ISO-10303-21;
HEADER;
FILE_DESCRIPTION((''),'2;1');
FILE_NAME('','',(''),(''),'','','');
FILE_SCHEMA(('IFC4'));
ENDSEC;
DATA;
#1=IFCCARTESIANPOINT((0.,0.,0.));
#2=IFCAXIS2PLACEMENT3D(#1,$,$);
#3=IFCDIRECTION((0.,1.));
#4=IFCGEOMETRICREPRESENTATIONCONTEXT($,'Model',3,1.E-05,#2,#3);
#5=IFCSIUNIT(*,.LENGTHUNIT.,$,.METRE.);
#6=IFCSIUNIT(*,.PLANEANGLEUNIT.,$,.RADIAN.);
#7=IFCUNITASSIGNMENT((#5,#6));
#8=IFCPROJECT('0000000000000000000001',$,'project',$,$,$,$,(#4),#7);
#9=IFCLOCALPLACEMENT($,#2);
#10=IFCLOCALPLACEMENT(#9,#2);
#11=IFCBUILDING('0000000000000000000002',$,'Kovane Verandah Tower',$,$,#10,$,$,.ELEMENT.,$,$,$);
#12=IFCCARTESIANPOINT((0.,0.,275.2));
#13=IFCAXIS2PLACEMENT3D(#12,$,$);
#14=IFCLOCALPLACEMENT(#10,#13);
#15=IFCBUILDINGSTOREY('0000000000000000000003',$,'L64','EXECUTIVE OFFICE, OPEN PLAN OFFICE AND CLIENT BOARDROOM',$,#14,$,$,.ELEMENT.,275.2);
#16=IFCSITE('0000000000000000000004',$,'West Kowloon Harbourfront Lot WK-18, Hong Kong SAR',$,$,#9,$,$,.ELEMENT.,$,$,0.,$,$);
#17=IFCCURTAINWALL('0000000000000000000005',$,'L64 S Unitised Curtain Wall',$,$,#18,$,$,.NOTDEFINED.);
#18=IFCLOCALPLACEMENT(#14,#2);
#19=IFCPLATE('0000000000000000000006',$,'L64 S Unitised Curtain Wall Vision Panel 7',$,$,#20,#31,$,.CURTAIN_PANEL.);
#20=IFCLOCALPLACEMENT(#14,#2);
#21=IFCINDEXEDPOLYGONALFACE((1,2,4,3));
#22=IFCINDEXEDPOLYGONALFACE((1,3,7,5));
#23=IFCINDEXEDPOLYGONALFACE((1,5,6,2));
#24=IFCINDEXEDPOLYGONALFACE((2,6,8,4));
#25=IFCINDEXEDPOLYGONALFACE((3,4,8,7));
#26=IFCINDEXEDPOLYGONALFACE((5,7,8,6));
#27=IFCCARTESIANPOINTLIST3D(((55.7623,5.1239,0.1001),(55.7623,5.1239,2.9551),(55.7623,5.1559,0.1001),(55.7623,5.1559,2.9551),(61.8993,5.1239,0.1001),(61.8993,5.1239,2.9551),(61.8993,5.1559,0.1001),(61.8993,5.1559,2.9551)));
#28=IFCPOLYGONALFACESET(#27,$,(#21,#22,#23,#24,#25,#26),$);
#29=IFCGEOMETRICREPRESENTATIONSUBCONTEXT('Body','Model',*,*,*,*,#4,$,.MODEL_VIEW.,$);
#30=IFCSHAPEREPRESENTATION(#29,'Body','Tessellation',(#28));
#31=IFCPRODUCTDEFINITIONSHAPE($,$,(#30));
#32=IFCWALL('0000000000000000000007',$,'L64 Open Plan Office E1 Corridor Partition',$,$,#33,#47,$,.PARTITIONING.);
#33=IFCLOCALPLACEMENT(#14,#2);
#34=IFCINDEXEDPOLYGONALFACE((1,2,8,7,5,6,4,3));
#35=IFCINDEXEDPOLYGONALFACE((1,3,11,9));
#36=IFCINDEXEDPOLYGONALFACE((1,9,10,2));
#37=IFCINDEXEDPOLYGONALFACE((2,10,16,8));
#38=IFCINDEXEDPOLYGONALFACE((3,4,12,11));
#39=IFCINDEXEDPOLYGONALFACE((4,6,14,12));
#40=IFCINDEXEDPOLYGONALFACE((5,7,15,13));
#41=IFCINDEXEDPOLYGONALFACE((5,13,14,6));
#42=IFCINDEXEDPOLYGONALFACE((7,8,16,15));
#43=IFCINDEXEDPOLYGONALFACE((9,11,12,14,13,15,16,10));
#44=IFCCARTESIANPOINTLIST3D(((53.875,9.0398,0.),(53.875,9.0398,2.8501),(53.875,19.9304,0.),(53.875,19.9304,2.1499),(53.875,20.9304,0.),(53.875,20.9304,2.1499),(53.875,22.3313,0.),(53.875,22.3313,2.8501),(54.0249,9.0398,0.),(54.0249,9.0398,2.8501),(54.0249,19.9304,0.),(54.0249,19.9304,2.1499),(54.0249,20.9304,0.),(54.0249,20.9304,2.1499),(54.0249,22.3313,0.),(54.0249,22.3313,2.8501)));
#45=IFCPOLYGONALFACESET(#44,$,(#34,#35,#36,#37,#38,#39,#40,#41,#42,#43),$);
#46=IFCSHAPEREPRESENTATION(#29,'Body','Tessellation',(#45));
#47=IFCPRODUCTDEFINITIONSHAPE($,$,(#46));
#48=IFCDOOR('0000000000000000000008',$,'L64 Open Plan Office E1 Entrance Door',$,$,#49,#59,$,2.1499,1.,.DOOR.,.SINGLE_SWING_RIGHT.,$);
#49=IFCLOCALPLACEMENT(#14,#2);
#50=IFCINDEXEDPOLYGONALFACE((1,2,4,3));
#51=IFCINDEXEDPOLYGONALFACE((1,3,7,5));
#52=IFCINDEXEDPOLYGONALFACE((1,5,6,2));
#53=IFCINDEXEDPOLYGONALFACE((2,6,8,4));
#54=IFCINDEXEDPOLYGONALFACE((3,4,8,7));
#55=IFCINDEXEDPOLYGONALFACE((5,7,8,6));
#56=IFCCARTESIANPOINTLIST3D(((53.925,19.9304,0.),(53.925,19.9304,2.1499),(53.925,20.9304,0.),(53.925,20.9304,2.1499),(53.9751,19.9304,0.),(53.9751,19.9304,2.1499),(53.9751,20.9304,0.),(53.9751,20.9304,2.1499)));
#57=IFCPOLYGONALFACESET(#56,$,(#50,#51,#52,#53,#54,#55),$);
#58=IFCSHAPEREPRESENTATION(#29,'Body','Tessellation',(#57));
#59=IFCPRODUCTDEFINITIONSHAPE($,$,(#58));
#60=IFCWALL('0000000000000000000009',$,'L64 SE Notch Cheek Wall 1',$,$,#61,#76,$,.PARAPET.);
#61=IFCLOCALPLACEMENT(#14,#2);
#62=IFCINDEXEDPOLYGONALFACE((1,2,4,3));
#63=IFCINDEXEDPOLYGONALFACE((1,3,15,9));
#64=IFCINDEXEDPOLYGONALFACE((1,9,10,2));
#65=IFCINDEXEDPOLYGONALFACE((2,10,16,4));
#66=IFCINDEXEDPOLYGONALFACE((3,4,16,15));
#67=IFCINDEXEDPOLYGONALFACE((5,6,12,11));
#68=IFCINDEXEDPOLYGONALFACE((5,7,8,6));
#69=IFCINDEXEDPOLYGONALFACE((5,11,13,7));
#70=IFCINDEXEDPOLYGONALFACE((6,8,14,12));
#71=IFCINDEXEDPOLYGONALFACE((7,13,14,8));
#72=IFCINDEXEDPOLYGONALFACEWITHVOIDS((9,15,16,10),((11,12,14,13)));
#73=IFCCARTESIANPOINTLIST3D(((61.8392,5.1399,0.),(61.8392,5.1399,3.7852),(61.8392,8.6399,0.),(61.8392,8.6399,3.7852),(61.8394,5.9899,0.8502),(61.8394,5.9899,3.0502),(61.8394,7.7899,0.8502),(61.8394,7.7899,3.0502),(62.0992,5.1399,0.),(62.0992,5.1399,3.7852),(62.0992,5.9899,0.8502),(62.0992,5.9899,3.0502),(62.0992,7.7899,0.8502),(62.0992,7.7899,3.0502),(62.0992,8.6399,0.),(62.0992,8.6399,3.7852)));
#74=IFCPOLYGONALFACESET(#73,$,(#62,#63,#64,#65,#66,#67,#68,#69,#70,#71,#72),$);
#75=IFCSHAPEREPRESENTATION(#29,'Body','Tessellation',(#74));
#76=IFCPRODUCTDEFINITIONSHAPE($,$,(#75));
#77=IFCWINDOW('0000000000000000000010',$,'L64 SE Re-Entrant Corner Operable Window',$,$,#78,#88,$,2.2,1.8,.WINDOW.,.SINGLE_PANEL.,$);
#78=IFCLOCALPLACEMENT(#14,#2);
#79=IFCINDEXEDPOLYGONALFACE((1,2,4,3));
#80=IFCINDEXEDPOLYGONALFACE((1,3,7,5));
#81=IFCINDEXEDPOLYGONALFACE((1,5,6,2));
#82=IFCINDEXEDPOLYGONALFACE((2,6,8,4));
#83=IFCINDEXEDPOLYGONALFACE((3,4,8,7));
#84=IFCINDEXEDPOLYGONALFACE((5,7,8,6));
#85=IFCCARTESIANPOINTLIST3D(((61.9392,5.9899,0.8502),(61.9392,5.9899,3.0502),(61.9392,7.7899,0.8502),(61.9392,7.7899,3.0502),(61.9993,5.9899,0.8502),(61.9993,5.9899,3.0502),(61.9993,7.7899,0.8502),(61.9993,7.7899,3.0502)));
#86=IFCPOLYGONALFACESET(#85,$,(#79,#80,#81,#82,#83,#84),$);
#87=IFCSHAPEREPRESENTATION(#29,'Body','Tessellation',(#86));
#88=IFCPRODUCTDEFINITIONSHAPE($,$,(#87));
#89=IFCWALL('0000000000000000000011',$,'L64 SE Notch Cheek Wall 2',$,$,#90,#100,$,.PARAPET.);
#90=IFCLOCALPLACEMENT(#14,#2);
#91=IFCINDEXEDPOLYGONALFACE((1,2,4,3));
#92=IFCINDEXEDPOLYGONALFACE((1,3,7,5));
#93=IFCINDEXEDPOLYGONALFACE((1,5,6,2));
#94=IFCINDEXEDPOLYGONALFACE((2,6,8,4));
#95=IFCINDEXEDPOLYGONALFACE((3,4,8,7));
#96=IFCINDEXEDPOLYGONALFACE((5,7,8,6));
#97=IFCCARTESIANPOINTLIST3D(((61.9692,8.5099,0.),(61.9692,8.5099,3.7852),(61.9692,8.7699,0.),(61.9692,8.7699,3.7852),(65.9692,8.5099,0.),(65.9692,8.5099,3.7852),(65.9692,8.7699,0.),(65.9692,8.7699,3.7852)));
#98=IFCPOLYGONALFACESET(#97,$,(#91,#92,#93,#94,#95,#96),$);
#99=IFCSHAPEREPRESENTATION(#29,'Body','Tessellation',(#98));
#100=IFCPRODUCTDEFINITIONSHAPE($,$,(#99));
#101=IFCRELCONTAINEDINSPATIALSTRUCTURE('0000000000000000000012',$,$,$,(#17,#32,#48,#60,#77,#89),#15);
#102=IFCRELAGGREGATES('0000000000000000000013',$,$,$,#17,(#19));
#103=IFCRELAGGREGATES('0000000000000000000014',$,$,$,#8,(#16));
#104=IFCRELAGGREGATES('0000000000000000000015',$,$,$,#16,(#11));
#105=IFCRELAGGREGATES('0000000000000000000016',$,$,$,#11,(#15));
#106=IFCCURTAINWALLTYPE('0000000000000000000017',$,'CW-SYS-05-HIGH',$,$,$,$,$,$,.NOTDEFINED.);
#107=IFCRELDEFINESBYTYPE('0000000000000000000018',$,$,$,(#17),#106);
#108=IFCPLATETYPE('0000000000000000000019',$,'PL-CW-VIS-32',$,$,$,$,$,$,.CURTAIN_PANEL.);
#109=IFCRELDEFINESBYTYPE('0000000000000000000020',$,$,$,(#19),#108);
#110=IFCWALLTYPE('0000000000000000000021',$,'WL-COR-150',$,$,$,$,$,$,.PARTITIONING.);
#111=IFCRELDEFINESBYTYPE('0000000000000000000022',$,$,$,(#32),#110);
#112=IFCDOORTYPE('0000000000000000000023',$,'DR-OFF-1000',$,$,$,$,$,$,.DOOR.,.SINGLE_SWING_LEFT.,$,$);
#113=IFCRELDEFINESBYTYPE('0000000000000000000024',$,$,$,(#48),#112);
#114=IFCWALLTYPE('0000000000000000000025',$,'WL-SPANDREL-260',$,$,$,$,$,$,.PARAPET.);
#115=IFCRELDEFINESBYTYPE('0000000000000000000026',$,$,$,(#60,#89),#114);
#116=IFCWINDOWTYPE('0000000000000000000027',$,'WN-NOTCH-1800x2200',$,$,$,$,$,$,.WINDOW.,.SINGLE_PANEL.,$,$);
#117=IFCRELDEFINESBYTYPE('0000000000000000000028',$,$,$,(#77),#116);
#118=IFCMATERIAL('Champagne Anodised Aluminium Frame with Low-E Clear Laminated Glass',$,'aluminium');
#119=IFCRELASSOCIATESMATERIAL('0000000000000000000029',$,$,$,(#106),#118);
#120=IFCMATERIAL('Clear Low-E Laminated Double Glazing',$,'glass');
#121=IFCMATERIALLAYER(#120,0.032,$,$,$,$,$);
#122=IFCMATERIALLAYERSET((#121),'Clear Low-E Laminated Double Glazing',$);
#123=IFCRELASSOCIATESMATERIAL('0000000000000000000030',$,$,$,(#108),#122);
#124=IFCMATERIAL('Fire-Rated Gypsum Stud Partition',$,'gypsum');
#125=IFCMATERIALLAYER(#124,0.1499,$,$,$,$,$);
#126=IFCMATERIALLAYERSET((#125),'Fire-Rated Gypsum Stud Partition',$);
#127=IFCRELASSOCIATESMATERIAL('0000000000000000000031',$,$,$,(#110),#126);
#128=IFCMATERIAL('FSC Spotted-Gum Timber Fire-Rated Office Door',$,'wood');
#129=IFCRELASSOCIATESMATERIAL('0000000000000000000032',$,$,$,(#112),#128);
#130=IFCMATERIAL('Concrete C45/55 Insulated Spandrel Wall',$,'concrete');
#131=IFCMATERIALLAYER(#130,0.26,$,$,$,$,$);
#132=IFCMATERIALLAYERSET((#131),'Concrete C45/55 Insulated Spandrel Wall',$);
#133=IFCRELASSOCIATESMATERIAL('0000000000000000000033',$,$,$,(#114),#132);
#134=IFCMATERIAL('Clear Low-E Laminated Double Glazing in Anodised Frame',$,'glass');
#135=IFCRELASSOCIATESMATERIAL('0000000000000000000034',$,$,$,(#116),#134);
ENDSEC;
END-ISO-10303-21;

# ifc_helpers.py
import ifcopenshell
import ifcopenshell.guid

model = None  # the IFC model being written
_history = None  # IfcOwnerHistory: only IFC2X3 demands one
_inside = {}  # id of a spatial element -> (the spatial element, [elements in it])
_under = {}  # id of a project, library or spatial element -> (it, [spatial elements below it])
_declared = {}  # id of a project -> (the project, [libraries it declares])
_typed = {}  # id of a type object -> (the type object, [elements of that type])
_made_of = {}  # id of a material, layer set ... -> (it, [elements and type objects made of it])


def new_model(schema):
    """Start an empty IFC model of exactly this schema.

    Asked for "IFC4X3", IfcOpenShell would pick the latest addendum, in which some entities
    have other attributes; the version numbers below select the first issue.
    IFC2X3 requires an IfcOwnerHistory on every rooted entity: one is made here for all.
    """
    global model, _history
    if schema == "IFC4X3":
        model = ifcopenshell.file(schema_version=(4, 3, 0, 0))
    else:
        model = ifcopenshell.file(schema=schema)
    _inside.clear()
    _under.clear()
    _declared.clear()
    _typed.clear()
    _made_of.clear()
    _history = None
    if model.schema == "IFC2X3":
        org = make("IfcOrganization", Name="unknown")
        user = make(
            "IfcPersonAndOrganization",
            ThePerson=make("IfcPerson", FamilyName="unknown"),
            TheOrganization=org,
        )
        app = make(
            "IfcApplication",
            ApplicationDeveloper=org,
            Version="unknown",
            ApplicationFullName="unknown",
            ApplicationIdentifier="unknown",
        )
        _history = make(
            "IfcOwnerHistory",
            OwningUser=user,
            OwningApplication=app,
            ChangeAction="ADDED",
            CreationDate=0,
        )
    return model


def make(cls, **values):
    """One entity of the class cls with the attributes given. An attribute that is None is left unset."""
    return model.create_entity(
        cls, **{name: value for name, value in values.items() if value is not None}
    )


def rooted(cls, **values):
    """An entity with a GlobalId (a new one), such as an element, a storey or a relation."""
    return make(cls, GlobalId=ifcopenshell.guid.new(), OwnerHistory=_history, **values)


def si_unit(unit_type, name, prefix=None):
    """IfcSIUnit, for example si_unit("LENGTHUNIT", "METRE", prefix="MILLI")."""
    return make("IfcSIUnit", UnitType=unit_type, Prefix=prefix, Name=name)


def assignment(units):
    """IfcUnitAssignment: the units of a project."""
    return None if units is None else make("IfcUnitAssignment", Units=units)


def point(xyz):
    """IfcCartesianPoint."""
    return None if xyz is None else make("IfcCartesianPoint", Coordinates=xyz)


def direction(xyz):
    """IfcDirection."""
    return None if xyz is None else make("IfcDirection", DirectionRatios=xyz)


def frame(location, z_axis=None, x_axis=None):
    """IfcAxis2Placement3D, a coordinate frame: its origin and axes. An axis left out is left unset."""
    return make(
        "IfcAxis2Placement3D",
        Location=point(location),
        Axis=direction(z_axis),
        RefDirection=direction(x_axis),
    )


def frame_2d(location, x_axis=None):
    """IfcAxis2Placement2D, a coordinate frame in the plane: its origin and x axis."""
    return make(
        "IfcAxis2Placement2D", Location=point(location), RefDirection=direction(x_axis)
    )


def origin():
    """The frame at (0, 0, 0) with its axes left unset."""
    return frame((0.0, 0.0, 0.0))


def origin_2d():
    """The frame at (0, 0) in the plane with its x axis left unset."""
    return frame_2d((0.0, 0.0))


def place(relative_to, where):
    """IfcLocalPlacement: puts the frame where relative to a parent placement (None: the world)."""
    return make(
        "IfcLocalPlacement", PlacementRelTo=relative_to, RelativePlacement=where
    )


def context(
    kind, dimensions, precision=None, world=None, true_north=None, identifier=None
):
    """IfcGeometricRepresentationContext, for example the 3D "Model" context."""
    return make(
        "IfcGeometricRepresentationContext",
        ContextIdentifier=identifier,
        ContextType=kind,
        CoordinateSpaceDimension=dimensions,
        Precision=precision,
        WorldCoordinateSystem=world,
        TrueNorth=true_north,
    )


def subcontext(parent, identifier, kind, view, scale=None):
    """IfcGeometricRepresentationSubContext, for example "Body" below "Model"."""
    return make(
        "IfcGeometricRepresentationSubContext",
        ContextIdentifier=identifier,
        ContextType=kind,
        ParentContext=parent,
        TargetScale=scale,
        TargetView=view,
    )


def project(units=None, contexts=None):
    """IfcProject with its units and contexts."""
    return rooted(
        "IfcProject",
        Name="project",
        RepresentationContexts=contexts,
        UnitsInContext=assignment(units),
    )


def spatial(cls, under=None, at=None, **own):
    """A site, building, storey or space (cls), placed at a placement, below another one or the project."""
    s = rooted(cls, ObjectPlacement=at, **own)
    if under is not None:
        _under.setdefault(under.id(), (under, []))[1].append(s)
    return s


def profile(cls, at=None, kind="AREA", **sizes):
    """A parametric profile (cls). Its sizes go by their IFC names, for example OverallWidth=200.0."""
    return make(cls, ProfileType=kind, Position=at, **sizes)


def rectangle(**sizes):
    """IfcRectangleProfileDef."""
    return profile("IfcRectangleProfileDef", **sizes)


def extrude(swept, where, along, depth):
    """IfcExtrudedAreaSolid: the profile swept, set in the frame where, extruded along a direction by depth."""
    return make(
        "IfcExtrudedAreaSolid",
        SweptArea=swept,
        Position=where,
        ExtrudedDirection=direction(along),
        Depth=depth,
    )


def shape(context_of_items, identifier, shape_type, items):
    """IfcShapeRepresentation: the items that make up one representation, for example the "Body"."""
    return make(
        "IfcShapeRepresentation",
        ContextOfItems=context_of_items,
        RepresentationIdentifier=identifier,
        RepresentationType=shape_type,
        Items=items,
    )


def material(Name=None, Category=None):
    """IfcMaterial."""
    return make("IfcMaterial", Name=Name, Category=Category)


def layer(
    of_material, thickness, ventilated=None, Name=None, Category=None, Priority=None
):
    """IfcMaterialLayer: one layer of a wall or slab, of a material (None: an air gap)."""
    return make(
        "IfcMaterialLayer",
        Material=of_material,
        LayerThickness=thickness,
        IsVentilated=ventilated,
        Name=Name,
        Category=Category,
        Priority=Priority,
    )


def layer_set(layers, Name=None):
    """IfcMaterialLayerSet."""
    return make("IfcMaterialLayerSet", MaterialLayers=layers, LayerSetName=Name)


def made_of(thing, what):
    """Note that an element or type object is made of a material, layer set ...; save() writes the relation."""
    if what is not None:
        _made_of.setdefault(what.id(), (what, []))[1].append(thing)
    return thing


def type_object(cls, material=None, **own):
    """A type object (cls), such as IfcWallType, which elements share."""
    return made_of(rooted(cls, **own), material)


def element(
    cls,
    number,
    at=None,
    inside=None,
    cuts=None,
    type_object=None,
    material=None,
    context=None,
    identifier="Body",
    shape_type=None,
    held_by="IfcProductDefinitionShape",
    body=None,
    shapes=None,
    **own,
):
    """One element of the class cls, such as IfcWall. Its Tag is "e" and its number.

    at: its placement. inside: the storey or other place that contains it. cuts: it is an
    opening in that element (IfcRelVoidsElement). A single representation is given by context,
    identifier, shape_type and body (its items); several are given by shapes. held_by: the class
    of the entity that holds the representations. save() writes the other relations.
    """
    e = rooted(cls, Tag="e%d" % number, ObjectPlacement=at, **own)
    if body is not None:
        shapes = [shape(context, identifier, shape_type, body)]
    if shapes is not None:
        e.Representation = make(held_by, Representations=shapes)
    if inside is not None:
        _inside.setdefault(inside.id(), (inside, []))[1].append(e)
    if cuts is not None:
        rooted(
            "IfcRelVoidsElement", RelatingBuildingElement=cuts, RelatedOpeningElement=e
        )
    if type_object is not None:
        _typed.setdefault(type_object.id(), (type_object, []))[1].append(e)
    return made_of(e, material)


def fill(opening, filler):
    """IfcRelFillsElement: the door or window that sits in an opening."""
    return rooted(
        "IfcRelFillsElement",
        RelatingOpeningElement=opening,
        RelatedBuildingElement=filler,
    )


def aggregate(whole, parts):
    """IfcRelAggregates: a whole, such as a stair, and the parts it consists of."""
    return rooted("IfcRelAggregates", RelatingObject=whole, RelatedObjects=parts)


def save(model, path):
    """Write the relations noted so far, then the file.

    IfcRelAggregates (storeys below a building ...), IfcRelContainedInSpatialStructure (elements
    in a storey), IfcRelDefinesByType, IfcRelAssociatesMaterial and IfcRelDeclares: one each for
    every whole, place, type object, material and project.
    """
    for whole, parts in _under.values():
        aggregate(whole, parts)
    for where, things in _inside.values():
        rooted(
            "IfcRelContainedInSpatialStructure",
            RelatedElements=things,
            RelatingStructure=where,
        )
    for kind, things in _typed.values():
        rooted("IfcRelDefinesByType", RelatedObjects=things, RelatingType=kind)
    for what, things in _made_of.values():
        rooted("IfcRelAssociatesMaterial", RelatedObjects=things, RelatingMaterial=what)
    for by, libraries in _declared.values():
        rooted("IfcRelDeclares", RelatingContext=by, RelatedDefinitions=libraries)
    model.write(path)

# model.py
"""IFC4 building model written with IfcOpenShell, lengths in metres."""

from ifc_helpers import new_model, si_unit, direction, frame, frame_2d, origin, origin_2d, place, context, subcontext, project, spatial, rectangle, extrude, material, layer, layer_set, type_object, element, fill, aggregate, save


model = new_model("IFC4")

# Units and contexts
model_context = context("Model", 3, precision=1e-05, world=origin(), true_north=direction((0.0, 1.0)))
body_context = subcontext(model_context, "Body", "Model", "MODEL_VIEW")
ifc_project = project(units=[si_unit("LENGTHUNIT", "METRE"), si_unit("PLANEANGLEUNIT", "RADIAN")], contexts=[model_context])

# Site, building, storey
site_placement = place(None, origin())
site = spatial("IfcSite", under=ifc_project, at=site_placement, Name="West Kowloon Harbourfront Lot WK-18, Hong Kong SAR", CompositionType="ELEMENT", RefElevation=0.0)
building_placement = place(site_placement, origin())
building = spatial("IfcBuilding", under=site, at=building_placement, Name="Kovane Verandah Tower", CompositionType="ELEMENT")
storey_placement = place(building_placement, frame((0.0, 0.0, 275.2)))
storey = spatial("IfcBuildingStorey", under=building, at=storey_placement, Name="L64", Description="EXECUTIVE OFFICE, OPEN PLAN OFFICE AND CLIENT BOARDROOM", CompositionType="ELEMENT", Elevation=275.2)

# Curtain wall
ifc_material_1 = material(Name="Champagne Anodised Aluminium Frame with Low-E Clear Laminated Glass", Category="aluminium")
curtain_wall_type = type_object("IfcCurtainWallType", Name="CW-SYS-05-HIGH", PredefinedType="NOTDEFINED", material=ifc_material_1)
curtain_wall_placement = place(storey_placement, origin())
curtain_wall = element("IfcCurtainWall", 1, at=curtain_wall_placement, inside=storey, type_object=curtain_wall_type, Name="L64 S Unitised Curtain Wall", PredefinedType="NOTDEFINED")

# Plate
ifc_material_2 = material(Name="Clear Low-E Laminated Double Glazing", Category="glass")
ifc_layer_1 = layer(ifc_material_2, 0.032)
ifc_layer_set_1 = layer_set([ifc_layer_1], Name="Clear Low-E Laminated Double Glazing")
plate_type_1 = type_object("IfcPlateType", Name="PL-CW-VIS-32", PredefinedType="CURTAIN_PANEL", material=ifc_layer_set_1)
plate_1_placement = place(storey_placement, frame((58.8308, 5.1399, 0.1001), z_axis=(0.0, 0.0, 1.0), x_axis=(1.0, 0.0, 0.0)))
plate_1 = element("IfcPlate", 2, at=plate_1_placement, type_object=plate_type_1, Name="L64 S Unitised Curtain Wall Vision Panel 7", PredefinedType="CURTAIN_PANEL", context=body_context, shape_type="SweptSolid", body=[
    extrude(rectangle(XDim=6.137, YDim=0.032, at=origin_2d()), origin(), (0.0, 0.0, 1.0), 2.855),
])
aggregate(curtain_wall, [plate_1])

# Wall, opening, door
ifc_material_3 = material(Name="Fire-Rated Gypsum Stud Partition", Category="gypsum")
ifc_layer_2 = layer(ifc_material_3, 0.1499)
ifc_layer_set_2 = layer_set([ifc_layer_2], Name="Fire-Rated Gypsum Stud Partition")
wall_type_1 = type_object("IfcWallType", Name="WL-COR-150", PredefinedType="PARTITIONING", material=ifc_layer_set_2)
wall_1_placement = place(storey_placement, frame((53.95, 9.0398, 0.0), z_axis=(0.0, 0.0, 1.0), x_axis=(0.0, 1.0, 0.0)))
wall_1 = element("IfcWall", 3, at=wall_1_placement, inside=storey, type_object=wall_type_1, Name="L64 Open Plan Office E1 Corridor Partition", PredefinedType="PARTITIONING", context=body_context, shape_type="SweptSolid", body=[
    extrude(rectangle(XDim=13.2915, YDim=0.1499, at=frame_2d((6.6458, 0.0))), origin(), (0.0, 0.0, 1.0), 2.8501),
])
opening_1_placement = place(wall_1_placement, frame((10.8906, 0.0, 0.0)))
opening_1 = element("IfcOpeningElement", 4, at=opening_1_placement, cuts=wall_1, PredefinedType="OPENING", context=body_context, shape_type="SweptSolid", body=[
    extrude(rectangle(XDim=1.0, YDim=2.1499, at=frame_2d((0.5, 1.075))), frame((0.0, 0.075, 0.0), z_axis=(0.0, -1.0, 0.0), x_axis=(1.0, 0.0, 0.0)), (0.0, 0.0, 1.0), 0.1499),
])
ifc_material_4 = material(Name="FSC Spotted-Gum Timber Fire-Rated Office Door", Category="wood")
door_type_1 = type_object("IfcDoorType", Name="DR-OFF-1000", OperationType="SINGLE_SWING_LEFT", PredefinedType="DOOR", material=ifc_material_4)
door_1_placement = place(opening_1_placement, origin())
door_1 = element("IfcDoor", 5, at=door_1_placement, inside=storey, type_object=door_type_1, Name="L64 Open Plan Office E1 Entrance Door", OperationType="SINGLE_SWING_RIGHT", OverallHeight=2.1499, OverallWidth=1.0, PredefinedType="DOOR", context=body_context, shape_type="SweptSolid", body=[
    extrude(rectangle(XDim=1.0, YDim=2.1499, at=frame_2d((0.5, 1.075))), frame((0.0, 0.0249, 0.0), z_axis=(0.0, -1.0, 0.0), x_axis=(1.0, 0.0, 0.0)), (0.0, 0.0, 1.0), 0.05),
])
fill(opening_1, door_1)

# Shared definitions
ifc_material_5 = material(Name="Concrete C45/55 Insulated Spandrel Wall", Category="concrete")
ifc_layer_3 = layer(ifc_material_5, 0.26)
ifc_layer_set_3 = layer_set([ifc_layer_3], Name="Concrete C45/55 Insulated Spandrel Wall")
wall_type_2 = type_object("IfcWallType", Name="WL-SPANDREL-260", PredefinedType="PARAPET", material=ifc_layer_set_3)
ifc_material_6 = material(Name="Clear Low-E Laminated Double Glazing in Anodised Frame", Category="glass")

# Wall, opening, window
wall_2_placement = place(storey_placement, frame((61.9692, 5.1399, 0.0), z_axis=(0.0, 0.0, 1.0), x_axis=(0.0, 1.0, 0.0)))
wall_2 = element("IfcWall", 6, at=wall_2_placement, inside=storey, type_object=wall_type_2, Name="L64 SE Notch Cheek Wall 1", PredefinedType="PARAPET", context=body_context, shape_type="SweptSolid", body=[
    extrude(rectangle(XDim=3.5, YDim=0.26, at=frame_2d((1.75, 0.0))), origin(), (0.0, 0.0, 1.0), 3.7852),
])
opening_2_placement = place(wall_2_placement, frame((0.8501, 0.0, 0.8501)))
opening_2 = element("IfcOpeningElement", 7, at=opening_2_placement, cuts=wall_2, PredefinedType="OPENING", context=body_context, shape_type="SweptSolid", body=[
    extrude(rectangle(XDim=1.8, YDim=2.2, at=frame_2d((0.8999, 1.1001))), frame((0.0, 0.1299, 0.0), z_axis=(0.0, -1.0, 0.0), x_axis=(1.0, 0.0, 0.0)), (0.0, 0.0, 1.0), 0.26),
])
window_type_1 = type_object("IfcWindowType", Name="WN-NOTCH-1800x2200", PartitioningType="SINGLE_PANEL", PredefinedType="WINDOW", material=ifc_material_6)
window_1_placement = place(opening_2_placement, origin())
window_1 = element("IfcWindow", 8, at=window_1_placement, inside=storey, type_object=window_type_1, Name="L64 SE Re-Entrant Corner Operable Window", OverallHeight=2.2, OverallWidth=1.8, PartitioningType="SINGLE_PANEL", PredefinedType="WINDOW", context=body_context, shape_type="SweptSolid", body=[
    extrude(rectangle(XDim=1.8, YDim=2.2, at=frame_2d((0.8999, 1.1001))), frame((0.0, 0.03, 0.0), z_axis=(0.0, -1.0, 0.0), x_axis=(1.0, 0.0, 0.0)), (0.0, 0.0, 1.0), 0.0601),
])
fill(opening_2, window_1)

# Wall
wall_3_placement = place(storey_placement, frame((61.9692, 8.6399, 0.0), z_axis=(0.0, 0.0, 1.0), x_axis=(1.0, 0.0, 0.0)))
element("IfcWall", 9, at=wall_3_placement, inside=storey, type_object=wall_type_2, Name="L64 SE Notch Cheek Wall 2", PredefinedType="PARAPET", context=body_context, shape_type="SweptSolid", body=[
    extrude(rectangle(XDim=4.0, YDim=0.26, at=frame_2d((2.0, 0.0))), origin(), (0.0, 0.0, 1.0), 3.7852),
])

save(model, "model.ifc")
